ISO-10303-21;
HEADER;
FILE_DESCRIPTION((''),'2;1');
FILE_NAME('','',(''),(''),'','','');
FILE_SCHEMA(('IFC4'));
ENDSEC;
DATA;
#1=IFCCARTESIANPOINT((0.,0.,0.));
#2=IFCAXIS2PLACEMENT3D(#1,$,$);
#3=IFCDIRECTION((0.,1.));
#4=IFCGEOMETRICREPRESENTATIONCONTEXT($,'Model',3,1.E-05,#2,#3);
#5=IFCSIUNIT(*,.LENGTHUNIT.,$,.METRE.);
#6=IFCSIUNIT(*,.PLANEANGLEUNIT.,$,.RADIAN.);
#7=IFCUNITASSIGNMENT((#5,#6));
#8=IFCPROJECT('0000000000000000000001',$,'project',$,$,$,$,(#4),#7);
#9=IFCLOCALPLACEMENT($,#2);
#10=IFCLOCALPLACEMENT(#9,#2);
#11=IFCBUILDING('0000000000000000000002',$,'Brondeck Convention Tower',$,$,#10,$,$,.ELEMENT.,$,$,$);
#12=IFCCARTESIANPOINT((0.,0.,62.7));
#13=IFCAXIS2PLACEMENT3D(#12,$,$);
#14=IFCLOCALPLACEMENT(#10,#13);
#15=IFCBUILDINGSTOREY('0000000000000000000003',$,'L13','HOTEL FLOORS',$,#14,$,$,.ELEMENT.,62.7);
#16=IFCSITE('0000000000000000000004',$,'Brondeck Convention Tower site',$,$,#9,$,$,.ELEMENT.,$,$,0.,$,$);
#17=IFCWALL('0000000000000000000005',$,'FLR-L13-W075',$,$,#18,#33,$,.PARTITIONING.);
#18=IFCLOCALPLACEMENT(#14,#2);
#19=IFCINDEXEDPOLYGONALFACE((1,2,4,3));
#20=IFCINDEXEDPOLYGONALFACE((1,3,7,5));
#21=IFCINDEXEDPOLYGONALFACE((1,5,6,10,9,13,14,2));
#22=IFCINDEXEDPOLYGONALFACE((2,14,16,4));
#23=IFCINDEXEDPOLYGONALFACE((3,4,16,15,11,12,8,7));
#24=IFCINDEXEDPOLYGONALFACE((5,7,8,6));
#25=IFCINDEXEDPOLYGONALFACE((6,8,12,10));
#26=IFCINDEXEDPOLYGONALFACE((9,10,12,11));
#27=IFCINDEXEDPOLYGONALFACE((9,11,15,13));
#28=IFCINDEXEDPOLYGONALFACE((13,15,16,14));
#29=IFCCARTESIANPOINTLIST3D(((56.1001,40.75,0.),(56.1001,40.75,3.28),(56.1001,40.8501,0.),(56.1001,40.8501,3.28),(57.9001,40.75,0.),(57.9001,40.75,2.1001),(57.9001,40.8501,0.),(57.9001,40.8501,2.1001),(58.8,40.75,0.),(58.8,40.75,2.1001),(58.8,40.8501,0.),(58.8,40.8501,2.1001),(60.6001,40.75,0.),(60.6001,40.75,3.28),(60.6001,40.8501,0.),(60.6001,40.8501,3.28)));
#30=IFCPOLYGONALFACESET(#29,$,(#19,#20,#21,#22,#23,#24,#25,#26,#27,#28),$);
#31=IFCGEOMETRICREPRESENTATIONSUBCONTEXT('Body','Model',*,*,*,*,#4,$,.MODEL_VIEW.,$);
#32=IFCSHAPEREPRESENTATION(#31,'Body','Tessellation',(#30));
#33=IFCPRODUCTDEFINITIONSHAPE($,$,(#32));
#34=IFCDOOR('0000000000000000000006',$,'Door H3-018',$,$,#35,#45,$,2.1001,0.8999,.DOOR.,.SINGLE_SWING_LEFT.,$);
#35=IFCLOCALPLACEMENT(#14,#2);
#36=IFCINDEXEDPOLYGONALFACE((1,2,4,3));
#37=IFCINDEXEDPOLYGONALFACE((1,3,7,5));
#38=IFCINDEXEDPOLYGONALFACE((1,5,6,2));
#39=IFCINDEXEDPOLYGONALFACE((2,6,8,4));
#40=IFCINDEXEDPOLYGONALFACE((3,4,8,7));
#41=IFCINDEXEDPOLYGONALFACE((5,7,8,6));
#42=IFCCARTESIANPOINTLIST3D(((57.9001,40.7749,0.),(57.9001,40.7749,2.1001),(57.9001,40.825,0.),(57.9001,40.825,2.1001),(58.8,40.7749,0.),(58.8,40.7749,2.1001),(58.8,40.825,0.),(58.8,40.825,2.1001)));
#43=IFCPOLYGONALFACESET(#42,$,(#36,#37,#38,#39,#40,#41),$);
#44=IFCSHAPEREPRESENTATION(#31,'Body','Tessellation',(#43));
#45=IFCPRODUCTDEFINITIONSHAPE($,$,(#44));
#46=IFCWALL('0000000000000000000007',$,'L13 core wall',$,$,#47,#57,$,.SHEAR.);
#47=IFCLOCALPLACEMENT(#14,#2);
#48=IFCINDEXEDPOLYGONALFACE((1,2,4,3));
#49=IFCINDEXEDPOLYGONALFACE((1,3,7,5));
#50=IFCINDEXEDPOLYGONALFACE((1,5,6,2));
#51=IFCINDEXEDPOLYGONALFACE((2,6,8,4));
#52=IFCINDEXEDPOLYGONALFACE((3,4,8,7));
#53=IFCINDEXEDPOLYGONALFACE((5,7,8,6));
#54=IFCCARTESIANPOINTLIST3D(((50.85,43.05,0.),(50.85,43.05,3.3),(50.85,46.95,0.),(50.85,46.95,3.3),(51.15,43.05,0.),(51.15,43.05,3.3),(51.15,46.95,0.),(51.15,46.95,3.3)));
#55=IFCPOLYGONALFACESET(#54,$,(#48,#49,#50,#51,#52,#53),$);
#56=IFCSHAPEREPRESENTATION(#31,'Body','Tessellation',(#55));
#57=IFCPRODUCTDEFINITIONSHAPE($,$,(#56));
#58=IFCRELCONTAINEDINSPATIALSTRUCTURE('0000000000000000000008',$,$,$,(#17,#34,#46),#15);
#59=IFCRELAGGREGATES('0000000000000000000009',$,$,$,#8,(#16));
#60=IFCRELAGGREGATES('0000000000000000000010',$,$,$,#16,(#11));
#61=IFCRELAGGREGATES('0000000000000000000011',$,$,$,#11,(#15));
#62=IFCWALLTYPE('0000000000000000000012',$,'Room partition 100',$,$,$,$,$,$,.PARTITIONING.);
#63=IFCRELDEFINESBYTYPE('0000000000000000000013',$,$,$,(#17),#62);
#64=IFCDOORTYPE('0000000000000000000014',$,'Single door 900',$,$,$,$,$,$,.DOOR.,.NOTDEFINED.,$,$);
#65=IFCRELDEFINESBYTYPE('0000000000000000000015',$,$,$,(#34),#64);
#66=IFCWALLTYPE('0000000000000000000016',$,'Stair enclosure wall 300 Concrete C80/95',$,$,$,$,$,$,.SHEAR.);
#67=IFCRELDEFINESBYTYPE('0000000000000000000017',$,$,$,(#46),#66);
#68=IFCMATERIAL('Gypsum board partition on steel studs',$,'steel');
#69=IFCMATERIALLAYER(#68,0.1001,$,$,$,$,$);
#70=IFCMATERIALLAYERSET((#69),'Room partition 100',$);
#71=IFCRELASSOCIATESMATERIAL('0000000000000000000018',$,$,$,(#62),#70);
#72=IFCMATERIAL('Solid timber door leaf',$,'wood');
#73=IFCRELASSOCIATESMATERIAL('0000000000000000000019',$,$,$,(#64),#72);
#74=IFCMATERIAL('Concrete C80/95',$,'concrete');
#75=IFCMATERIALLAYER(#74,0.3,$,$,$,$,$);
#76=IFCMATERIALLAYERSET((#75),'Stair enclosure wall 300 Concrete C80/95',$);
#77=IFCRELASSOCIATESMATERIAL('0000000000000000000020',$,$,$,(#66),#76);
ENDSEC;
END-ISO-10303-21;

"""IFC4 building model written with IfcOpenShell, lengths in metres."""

from ifc_helpers import new_model, si_unit, direction, frame, frame_2d, origin, place, context, subcontext, project, spatial, rectangle, extrude, material, layer, layer_set, type_object, element, fill, save


model = new_model("IFC4")

# Units and contexts
model_context = context("Model", 3, precision=1e-05, world=origin(), true_north=direction((0.0, 1.0)))
body_context = subcontext(model_context, "Body", "Model", "MODEL_VIEW")
ifc_project = project(units=[si_unit("LENGTHUNIT", "METRE"), si_unit("PLANEANGLEUNIT", "RADIAN")], contexts=[model_context])

# Site, building, storey
site_placement = place(None, origin())
site = spatial("IfcSite", under=ifc_project, at=site_placement, Name="Brondeck Convention Tower site", CompositionType="ELEMENT", RefElevation=0.0)
building_placement = place(site_placement, origin())
building = spatial("IfcBuilding", under=site, at=building_placement, Name="Brondeck Convention Tower", CompositionType="ELEMENT")
storey_placement = place(building_placement, frame((0.0, 0.0, 62.7)))
storey = spatial("IfcBuildingStorey", under=building, at=storey_placement, Name="L13", Description="HOTEL FLOORS", CompositionType="ELEMENT", Elevation=62.7)

# Shared definitions
ifc_material_1 = material(Name="Concrete C80/95", Category="concrete")

# Shared definitions
ifc_material_2 = material(Name="Gypsum board partition on steel studs", Category="steel")
ifc_layer_1 = layer(ifc_material_2, 0.1001)
ifc_layer_set_1 = layer_set([ifc_layer_1], Name="Room partition 100")
wall_type_1 = type_object("IfcWallType", Name="Room partition 100", PredefinedType="PARTITIONING", material=ifc_layer_set_1)

# Wall, opening, door
wall_1_placement = place(storey_placement, frame((56.1001, 40.8, 0.0), z_axis=(0.0, 0.0, 1.0), x_axis=(1.0, 0.0, 0.0)))
wall_1 = element("IfcWall", 1, at=wall_1_placement, inside=storey, type_object=wall_type_1, Name="FLR-L13-W075", PredefinedType="PARTITIONING", context=body_context, shape_type="SweptSolid", body=[
    extrude(rectangle(XDim=4.5, YDim=0.1001, at=frame_2d((2.25, 0.0))), origin(), (0.0, 0.0, 1.0), 3.28),
])
opening_1_placement = place(wall_1_placement, frame((1.8, 0.0, 0.0)))
opening_1 = element("IfcOpeningElement", 2, at=opening_1_placement, cuts=wall_1, PredefinedType="OPENING", context=body_context, shape_type="SweptSolid", body=[
    extrude(rectangle(XDim=0.8999, YDim=2.1001, at=frame_2d((0.45, 1.05))), frame((0.0, 0.0601, 0.0), z_axis=(0.0, -1.0, 0.0), x_axis=(1.0, 0.0, 0.0)), (0.0, 0.0, 1.0), 0.1201),
])
ifc_material_3 = material(Name="Solid timber door leaf", Category="wood")
door_type_1 = type_object("IfcDoorType", Name="Single door 900", OperationType="NOTDEFINED", PredefinedType="DOOR", material=ifc_material_3)
door_1_placement = place(opening_1_placement, origin())
door_1 = element("IfcDoor", 3, at=door_1_placement, inside=storey, type_object=door_type_1, Name="Door H3-018", OperationType="SINGLE_SWING_LEFT", OverallHeight=2.1001, OverallWidth=0.8999, PredefinedType="DOOR", context=body_context, shape_type="SweptSolid", body=[
    extrude(rectangle(XDim=0.8999, YDim=2.1001, at=frame_2d((0.45, 1.05))), frame((0.0, 0.0249, 0.0), z_axis=(0.0, -1.0, 0.0), x_axis=(1.0, 0.0, 0.0)), (0.0, 0.0, 1.0), 0.05),
])
fill(opening_1, door_1)

# Wall
ifc_layer_2 = layer(ifc_material_1, 0.3)
ifc_layer_set_2 = layer_set([ifc_layer_2], Name="Stair enclosure wall 300 Concrete C80/95")
wall_type_2 = type_object("IfcWallType", Name="Stair enclosure wall 300 Concrete C80/95", PredefinedType="SHEAR", material=ifc_layer_set_2)
wall_2_placement = place(storey_placement, frame((51.0, 43.05, 0.0), z_axis=(0.0, 0.0, 1.0), x_axis=(0.0, 1.0, 0.0)))
element("IfcWall", 4, at=wall_2_placement, inside=storey, type_object=wall_type_2, Name="L13 core wall", PredefinedType="SHEAR", context=body_context, shape_type="SweptSolid", body=[
    extrude(rectangle(XDim=3.8999, YDim=0.3, at=frame_2d((1.95, 0.0))), origin(), (0.0, 0.0, 1.0), 3.3),
])

save(model, "model.ifc")
